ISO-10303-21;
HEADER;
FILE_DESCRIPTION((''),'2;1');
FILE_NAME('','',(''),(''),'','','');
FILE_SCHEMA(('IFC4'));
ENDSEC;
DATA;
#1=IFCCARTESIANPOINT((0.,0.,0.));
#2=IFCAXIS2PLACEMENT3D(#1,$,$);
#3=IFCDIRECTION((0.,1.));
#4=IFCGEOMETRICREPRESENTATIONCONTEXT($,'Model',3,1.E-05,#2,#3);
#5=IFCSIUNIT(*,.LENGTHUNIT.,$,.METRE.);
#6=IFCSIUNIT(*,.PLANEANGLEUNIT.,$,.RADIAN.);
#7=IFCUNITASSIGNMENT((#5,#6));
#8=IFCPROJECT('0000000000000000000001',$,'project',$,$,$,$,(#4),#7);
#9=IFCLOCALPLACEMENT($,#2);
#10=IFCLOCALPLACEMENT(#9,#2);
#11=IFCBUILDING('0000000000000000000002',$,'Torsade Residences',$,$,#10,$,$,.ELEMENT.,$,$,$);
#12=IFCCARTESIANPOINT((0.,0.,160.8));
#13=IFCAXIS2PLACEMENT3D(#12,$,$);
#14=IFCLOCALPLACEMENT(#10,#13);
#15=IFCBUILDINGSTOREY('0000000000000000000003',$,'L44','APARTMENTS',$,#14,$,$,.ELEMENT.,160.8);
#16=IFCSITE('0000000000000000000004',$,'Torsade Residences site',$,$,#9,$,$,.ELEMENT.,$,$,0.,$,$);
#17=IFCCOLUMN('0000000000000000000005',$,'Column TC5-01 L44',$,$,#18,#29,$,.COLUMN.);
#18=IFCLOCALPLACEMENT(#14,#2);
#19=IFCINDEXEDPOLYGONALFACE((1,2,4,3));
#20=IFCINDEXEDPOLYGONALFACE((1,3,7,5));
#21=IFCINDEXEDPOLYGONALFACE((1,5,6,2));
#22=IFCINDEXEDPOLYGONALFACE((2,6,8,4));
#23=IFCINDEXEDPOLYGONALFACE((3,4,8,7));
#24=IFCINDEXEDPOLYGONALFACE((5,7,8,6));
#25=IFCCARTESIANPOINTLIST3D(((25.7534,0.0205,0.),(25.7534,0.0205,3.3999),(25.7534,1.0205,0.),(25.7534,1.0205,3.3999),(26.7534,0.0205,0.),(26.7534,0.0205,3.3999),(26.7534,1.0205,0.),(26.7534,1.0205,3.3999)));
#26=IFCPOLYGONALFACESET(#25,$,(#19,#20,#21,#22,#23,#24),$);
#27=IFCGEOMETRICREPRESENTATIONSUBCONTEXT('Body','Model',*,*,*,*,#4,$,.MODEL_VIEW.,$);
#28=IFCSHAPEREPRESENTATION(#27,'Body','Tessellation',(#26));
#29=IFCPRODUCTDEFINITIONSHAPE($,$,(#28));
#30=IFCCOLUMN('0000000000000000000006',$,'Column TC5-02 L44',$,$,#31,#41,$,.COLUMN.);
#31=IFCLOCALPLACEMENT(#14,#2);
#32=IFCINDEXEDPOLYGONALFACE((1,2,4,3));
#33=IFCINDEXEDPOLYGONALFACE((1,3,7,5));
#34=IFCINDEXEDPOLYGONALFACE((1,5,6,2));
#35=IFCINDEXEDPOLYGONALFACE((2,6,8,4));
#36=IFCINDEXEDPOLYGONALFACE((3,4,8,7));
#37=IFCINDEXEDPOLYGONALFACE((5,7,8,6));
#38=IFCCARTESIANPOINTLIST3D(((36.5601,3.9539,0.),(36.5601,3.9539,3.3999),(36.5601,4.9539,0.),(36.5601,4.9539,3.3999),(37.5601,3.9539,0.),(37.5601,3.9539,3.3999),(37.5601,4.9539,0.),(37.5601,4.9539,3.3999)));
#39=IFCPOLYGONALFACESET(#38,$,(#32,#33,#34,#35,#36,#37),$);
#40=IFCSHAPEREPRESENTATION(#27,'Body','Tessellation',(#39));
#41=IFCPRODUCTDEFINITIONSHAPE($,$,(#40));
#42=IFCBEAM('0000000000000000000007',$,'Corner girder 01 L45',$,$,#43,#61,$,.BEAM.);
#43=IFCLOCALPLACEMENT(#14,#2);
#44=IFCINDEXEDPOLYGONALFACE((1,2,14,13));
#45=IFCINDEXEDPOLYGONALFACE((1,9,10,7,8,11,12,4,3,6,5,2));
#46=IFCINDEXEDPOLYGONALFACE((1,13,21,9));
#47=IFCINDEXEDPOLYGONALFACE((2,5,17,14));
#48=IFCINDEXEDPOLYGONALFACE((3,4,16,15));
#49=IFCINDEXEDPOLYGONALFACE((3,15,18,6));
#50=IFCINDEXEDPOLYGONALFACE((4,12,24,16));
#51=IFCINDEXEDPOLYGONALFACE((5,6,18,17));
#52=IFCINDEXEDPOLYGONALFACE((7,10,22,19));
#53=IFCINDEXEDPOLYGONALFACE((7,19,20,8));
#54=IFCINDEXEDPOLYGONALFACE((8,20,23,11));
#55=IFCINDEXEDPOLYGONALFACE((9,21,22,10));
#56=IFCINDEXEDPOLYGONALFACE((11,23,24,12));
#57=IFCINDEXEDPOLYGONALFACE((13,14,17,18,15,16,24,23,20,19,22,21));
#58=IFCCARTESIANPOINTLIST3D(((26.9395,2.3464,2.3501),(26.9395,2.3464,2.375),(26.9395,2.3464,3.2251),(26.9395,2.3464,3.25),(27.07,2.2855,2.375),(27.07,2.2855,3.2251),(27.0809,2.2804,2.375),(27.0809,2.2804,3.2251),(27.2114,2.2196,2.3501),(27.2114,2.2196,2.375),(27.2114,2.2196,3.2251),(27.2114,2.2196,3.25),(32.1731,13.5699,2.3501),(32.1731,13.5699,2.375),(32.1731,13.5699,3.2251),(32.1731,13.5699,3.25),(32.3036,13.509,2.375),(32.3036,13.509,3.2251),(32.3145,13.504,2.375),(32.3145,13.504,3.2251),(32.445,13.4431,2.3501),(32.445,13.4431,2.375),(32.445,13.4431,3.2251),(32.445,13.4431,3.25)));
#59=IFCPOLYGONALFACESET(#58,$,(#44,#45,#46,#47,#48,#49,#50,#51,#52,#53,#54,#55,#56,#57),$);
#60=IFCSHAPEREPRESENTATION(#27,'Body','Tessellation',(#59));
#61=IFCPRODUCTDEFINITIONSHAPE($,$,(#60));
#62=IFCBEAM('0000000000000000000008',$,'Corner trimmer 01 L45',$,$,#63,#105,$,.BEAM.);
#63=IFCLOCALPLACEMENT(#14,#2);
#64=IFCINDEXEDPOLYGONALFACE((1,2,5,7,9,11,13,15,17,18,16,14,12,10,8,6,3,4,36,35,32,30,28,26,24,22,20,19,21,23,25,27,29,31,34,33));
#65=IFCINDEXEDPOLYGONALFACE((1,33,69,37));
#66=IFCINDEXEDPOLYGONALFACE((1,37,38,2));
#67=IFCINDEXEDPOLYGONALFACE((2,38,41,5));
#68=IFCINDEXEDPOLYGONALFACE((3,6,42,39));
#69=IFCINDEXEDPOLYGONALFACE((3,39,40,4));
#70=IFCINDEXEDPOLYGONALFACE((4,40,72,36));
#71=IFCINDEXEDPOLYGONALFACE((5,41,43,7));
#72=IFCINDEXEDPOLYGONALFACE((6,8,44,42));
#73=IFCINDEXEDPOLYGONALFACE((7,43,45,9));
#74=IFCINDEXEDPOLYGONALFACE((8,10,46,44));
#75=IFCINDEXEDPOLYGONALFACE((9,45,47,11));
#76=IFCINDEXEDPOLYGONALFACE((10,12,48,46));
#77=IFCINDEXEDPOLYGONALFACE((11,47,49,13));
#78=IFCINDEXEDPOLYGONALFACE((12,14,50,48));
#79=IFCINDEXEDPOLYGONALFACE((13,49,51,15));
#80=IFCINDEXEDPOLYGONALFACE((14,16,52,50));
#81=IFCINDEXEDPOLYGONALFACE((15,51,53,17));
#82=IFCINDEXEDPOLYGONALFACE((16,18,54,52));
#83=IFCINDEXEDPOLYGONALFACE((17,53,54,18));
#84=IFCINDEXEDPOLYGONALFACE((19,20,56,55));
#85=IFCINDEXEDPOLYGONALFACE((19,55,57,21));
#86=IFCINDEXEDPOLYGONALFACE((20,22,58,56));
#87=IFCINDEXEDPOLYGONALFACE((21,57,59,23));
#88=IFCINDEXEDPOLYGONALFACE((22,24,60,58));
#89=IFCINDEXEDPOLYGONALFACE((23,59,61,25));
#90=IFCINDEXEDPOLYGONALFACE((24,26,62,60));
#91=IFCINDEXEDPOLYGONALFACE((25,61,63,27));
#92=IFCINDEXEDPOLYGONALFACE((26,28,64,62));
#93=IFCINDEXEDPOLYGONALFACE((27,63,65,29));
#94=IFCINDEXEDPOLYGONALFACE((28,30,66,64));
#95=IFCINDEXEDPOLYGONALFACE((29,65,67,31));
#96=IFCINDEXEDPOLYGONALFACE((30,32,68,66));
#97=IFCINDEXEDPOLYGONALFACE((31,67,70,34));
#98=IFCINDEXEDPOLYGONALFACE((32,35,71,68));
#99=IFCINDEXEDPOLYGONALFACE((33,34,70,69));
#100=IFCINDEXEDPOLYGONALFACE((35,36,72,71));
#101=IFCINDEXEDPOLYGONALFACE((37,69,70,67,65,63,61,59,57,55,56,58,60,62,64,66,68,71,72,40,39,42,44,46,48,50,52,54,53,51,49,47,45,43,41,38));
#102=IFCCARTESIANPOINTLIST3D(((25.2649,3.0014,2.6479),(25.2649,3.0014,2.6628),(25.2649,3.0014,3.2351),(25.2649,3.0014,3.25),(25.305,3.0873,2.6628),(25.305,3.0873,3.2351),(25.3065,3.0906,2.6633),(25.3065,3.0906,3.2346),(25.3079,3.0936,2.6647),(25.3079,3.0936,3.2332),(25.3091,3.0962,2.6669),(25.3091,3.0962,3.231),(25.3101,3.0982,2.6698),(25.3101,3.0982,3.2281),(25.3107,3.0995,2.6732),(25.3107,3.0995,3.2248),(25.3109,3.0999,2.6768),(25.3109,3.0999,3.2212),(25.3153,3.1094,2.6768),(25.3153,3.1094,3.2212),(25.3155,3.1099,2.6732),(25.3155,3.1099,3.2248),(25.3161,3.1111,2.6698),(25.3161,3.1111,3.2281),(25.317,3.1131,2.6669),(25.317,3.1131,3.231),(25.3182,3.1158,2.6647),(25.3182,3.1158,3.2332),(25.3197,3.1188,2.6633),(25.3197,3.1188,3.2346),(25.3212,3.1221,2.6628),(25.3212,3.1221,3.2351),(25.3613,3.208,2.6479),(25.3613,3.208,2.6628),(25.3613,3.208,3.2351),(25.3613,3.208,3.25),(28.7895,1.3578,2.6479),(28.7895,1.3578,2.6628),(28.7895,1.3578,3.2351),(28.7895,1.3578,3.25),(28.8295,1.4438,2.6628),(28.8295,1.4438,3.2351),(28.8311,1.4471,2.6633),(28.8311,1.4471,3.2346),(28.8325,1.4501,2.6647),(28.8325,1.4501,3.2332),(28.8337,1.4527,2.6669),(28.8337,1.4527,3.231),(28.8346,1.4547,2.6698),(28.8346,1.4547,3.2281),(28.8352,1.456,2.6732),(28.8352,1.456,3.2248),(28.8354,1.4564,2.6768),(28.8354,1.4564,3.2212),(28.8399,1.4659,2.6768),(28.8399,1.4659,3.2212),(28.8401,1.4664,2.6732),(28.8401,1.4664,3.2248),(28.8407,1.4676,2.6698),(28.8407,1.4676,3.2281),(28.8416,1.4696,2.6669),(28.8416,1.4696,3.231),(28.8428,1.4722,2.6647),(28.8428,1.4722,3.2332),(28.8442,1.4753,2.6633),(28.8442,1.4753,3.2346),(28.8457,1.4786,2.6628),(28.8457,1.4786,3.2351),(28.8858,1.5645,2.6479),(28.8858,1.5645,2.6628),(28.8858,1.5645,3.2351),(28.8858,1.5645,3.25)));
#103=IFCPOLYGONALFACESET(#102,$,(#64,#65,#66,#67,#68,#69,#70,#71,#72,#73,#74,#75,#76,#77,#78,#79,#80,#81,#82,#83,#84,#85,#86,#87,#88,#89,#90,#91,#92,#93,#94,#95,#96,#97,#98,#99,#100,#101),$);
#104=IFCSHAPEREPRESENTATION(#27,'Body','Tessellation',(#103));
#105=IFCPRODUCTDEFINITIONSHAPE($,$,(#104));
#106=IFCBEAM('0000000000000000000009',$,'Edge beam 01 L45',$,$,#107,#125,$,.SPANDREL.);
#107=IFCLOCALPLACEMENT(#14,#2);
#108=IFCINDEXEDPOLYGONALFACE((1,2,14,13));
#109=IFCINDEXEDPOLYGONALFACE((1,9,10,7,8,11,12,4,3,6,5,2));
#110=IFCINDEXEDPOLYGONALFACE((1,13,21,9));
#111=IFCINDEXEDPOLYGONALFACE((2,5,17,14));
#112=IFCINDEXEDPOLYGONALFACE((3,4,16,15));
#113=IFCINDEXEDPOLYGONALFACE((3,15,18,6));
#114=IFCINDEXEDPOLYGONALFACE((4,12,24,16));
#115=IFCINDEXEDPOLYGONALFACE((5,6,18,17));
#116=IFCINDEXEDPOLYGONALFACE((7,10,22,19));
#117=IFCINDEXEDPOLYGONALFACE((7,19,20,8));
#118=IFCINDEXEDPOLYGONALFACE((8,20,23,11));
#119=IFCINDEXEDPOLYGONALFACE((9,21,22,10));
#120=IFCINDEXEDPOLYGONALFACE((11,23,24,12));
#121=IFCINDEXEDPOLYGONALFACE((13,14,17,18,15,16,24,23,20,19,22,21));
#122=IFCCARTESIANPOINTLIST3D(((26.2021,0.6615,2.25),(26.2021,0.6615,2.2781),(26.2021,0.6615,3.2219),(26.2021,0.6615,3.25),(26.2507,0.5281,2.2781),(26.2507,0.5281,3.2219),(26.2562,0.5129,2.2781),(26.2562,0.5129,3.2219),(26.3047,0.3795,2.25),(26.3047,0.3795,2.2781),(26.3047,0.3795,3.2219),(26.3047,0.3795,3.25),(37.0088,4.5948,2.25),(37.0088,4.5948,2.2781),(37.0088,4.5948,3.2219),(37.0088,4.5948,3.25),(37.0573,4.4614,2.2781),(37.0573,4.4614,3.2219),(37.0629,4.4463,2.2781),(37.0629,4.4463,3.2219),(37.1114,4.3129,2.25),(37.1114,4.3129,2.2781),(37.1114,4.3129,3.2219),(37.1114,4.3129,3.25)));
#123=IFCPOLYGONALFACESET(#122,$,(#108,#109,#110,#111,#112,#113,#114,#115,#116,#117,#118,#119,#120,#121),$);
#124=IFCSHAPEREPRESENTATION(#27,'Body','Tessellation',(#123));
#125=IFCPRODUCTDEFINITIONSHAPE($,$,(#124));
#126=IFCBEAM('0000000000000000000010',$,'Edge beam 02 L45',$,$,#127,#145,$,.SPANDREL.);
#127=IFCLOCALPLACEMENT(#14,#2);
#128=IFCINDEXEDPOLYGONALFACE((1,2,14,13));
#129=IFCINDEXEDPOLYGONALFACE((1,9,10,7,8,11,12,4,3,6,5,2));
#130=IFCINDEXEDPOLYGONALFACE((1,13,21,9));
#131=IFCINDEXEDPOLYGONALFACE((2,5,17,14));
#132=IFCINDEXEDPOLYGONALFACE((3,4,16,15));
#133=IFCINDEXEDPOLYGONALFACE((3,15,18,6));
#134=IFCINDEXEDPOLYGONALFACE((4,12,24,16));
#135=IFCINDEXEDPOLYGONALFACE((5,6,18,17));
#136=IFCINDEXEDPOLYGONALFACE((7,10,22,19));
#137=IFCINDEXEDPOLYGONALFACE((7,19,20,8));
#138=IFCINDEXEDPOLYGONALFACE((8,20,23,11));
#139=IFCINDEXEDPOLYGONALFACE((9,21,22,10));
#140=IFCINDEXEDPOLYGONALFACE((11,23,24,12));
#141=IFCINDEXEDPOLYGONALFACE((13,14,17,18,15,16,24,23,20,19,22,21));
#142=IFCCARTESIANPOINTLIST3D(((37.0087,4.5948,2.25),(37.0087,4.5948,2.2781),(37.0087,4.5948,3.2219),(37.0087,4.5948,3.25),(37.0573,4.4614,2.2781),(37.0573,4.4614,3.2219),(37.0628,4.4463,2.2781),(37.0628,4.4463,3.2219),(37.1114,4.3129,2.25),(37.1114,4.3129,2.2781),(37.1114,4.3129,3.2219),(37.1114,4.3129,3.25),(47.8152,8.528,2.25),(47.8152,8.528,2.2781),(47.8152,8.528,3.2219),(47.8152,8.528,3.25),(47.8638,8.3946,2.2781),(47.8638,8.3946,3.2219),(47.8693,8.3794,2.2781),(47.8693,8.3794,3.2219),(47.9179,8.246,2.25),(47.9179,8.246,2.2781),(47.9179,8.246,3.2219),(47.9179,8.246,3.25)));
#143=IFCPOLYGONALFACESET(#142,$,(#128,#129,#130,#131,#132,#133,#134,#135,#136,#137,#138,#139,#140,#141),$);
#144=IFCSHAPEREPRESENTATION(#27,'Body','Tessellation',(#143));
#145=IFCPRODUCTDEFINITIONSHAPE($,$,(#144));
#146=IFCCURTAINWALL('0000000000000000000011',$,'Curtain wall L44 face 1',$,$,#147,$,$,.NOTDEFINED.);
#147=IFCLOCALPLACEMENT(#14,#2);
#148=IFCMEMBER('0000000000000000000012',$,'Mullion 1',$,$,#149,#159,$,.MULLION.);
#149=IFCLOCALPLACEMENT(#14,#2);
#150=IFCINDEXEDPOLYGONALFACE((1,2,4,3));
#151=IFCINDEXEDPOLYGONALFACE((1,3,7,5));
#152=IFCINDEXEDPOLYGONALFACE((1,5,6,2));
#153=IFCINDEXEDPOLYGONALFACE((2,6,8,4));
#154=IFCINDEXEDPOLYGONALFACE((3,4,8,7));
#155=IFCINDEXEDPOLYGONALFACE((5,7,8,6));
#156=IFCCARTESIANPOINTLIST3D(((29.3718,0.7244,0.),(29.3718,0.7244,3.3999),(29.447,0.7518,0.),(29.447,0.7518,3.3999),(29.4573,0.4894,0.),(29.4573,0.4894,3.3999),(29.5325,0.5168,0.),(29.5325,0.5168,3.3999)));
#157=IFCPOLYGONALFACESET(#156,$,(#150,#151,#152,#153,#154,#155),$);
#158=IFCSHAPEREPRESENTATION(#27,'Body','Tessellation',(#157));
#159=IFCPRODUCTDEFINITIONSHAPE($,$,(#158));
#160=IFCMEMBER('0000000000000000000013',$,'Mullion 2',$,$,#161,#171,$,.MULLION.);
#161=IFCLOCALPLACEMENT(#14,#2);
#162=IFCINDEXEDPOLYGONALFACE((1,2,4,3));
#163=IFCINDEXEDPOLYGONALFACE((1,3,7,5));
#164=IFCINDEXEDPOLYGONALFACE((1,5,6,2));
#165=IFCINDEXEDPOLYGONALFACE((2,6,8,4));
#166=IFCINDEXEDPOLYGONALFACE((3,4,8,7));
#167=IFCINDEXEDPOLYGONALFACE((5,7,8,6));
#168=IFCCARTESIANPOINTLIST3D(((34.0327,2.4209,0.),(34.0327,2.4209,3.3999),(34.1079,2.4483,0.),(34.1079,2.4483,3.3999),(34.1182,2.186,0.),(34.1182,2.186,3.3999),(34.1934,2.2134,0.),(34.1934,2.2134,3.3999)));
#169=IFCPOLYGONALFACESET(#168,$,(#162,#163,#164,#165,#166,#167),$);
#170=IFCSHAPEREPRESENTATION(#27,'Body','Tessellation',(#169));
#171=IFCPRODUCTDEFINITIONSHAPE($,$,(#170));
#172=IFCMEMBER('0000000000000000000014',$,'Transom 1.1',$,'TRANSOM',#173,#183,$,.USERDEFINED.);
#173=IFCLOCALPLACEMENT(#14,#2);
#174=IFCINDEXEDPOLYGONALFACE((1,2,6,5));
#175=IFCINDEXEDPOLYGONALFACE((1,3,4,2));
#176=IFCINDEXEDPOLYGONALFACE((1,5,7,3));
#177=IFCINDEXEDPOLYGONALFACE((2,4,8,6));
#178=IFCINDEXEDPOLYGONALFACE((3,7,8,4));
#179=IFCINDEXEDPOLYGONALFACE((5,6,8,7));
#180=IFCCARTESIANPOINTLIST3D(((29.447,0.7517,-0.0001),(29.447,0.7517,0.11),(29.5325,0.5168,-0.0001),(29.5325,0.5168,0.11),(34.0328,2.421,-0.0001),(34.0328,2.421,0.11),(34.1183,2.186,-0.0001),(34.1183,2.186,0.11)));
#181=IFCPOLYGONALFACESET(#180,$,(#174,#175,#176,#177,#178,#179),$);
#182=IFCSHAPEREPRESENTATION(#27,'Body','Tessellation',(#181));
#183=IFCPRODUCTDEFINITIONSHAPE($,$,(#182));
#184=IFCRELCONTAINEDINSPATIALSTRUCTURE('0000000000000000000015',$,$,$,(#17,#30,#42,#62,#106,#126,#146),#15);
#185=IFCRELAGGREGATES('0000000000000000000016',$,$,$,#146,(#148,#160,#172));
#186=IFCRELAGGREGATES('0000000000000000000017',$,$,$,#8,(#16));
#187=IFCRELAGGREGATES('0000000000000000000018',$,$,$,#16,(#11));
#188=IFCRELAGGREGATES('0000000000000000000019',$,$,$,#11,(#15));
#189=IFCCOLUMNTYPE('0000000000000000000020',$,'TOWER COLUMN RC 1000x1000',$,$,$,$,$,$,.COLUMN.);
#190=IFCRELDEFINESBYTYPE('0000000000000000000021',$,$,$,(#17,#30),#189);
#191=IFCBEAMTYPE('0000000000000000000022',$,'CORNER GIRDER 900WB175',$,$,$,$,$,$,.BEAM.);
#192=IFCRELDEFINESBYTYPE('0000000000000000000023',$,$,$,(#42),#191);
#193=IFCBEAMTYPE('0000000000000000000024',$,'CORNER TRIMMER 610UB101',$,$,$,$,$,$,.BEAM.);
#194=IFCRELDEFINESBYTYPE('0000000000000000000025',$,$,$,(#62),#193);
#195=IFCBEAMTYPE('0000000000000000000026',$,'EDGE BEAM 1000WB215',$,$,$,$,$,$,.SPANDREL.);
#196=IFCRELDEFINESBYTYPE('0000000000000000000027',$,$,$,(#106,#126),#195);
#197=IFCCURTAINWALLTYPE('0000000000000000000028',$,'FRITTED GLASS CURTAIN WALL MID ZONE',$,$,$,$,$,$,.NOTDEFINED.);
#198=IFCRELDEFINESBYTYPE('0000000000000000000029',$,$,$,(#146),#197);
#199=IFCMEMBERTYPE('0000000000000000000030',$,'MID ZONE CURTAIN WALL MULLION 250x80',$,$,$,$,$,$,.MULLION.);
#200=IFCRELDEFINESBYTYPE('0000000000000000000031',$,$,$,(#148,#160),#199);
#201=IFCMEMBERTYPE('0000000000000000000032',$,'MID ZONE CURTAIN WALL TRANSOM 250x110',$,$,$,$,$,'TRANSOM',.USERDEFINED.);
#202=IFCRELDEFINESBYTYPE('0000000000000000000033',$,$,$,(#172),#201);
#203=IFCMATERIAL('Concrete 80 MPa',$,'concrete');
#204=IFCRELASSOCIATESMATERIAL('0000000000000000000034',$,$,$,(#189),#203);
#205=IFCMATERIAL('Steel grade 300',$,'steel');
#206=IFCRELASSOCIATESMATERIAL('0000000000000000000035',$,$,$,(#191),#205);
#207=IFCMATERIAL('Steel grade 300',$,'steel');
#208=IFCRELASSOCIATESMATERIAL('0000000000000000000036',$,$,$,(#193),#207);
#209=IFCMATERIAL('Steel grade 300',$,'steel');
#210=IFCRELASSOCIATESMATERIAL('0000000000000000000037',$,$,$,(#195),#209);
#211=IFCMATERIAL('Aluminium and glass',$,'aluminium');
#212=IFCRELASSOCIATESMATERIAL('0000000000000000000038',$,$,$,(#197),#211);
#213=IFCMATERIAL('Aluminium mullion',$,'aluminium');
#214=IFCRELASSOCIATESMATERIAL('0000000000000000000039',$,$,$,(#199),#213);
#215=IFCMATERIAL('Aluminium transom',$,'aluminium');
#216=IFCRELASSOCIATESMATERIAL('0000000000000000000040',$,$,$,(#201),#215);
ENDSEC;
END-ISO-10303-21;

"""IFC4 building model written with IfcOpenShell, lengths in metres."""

from ifc_helpers import new_model, si_unit, direction, frame, origin, origin_2d, place, context, subcontext, project, spatial, rectangle, i_section, extrude, material, material_profile, profile_set, type_object, element, aggregate, save


model = new_model("IFC4")

# Units and contexts
model_context = context("Model", 3, precision=1e-05, world=origin(), true_north=direction((0.0, 1.0)))
body_context = subcontext(model_context, "Body", "Model", "MODEL_VIEW")
ifc_project = project(units=[si_unit("LENGTHUNIT", "METRE"), si_unit("PLANEANGLEUNIT", "RADIAN")], contexts=[model_context])

# Site, building, storey
site_placement = place(None, origin())
site = spatial("IfcSite", under=ifc_project, at=site_placement, Name="Torsade Residences site", CompositionType="ELEMENT", RefElevation=0.0)
building_placement = place(site_placement, origin())
building = spatial("IfcBuilding", under=site, at=building_placement, Name="Torsade Residences", CompositionType="ELEMENT")
storey_placement = place(building_placement, frame((0.0, 0.0, 160.8)))
storey = spatial("IfcBuildingStorey", under=building, at=storey_placement, Name="L44", Description="APARTMENTS", CompositionType="ELEMENT", Elevation=160.8)

# Columns
ifc_material_1 = material(Name="Concrete 80 MPa", Category="concrete")
ifc_material_profile_1 = material_profile(ifc_material_1, rectangle(XDim=1.0, YDim=1.0, at=origin_2d()), Name="RC 1000x1000")
ifc_profile_set_1 = profile_set([ifc_material_profile_1], Name="Concrete 80 MPa")
column_type = type_object("IfcColumnType", Name="TOWER COLUMN RC 1000x1000", PredefinedType="COLUMN", material=ifc_profile_set_1)
for number, where, z_axis, x_axis, name in (
    (1, (26.2534, 0.5205, 0.0), (0.0, 0.0, 1.0), (1.0, 0.0, 0.0), "Column TC5-01 L44"),
    (2, (37.0601, 4.4539, 0.0), (0.0, 0.0, 1.0), (1.0, 0.0, 0.0), "Column TC5-02 L44"),
):
    element("IfcColumn", number, at=place(storey_placement, frame(where, z_axis=z_axis, x_axis=x_axis)), inside=storey, type_object=column_type, Name=name, PredefinedType="COLUMN", context=body_context, shape_type="SweptSolid", body=[
        extrude(rectangle(XDim=1.0, YDim=1.0, at=origin_2d()), origin(), (0.0, 0.0, 1.0), 3.3999),
    ])

# Beams
ifc_material_2 = material(Name="Steel grade 300", Category="steel")
ifc_material_profile_2 = material_profile(ifc_material_2, i_section(OverallWidth=0.3, OverallDepth=0.8999, WebThickness=0.012, FlangeThickness=0.0249, at=origin_2d()), Name="900WB175")
ifc_profile_set_2 = profile_set([ifc_material_profile_2], Name="Steel grade 300")
beam_type_1 = type_object("IfcBeamType", Name="CORNER GIRDER 900WB175", PredefinedType="BEAM", material=ifc_profile_set_2)
beam_1_placement = place(storey_placement, frame((27.0754, 2.283, 2.8), z_axis=(0.422617, 0.906309, 0.0), x_axis=(-0.906309, 0.422617, 0.0)))
element("IfcBeam", 3, at=beam_1_placement, inside=storey, type_object=beam_type_1, Name="Corner girder 01 L45", PredefinedType="BEAM", context=body_context, shape_type="SweptSolid", body=[
    extrude(i_section(OverallWidth=0.3, OverallDepth=0.8999, WebThickness=0.012, FlangeThickness=0.0249, at=origin_2d()), origin(), (0.0, 0.0, 1.0), 12.3838),
])
ifc_material_3 = material(Name="Steel grade 300", Category="steel")
ifc_material_profile_3 = material_profile(ifc_material_3, i_section(OverallWidth=0.228, OverallDepth=0.6021, WebThickness=0.0105, FlangeThickness=0.0149, FilletRadius=0.0139, at=origin_2d()), Name="610UB101")
ifc_profile_set_3 = profile_set([ifc_material_profile_3], Name="Steel grade 300")
beam_type_2 = type_object("IfcBeamType", Name="CORNER TRIMMER 610UB101", PredefinedType="BEAM", material=ifc_profile_set_3)
beam_2_placement = place(storey_placement, frame((28.8376, 1.4612, 2.949), z_axis=(-0.90631, 0.422614, 0.0), x_axis=(-0.422614, -0.90631, 0.0)))
element("IfcBeam", 4, at=beam_2_placement, inside=storey, type_object=beam_type_2, Name="Corner trimmer 01 L45", PredefinedType="BEAM", context=body_context, shape_type="SweptSolid", body=[
    extrude(i_section(OverallWidth=0.228, OverallDepth=0.6021, WebThickness=0.0105, FlangeThickness=0.0149, FilletRadius=0.0139, at=origin_2d()), origin(), (0.0, 0.0, 1.0), 3.8889),
])
ifc_material_4 = material(Name="Steel grade 300", Category="steel")
ifc_material_profile_4 = material_profile(ifc_material_4, i_section(OverallWidth=0.3, OverallDepth=1.0, WebThickness=0.0161, FlangeThickness=0.0281, at=origin_2d()), Name="1000WB215")
ifc_profile_set_4 = profile_set([ifc_material_profile_4], Name="Steel grade 300")
beam_type_3 = type_object("IfcBeamType", Name="EDGE BEAM 1000WB215", PredefinedType="SPANDREL", material=ifc_profile_set_4)
beam_3_placement = place(storey_placement, frame((26.2534, 0.5205, 2.75), z_axis=(0.939691, 0.342024, 0.0), x_axis=(-0.342024, 0.939691, 0.0)))
element("IfcBeam", 5, at=beam_3_placement, inside=storey, type_object=beam_type_3, Name="Edge beam 01 L45", PredefinedType="SPANDREL", context=body_context, shape_type="SweptSolid", body=[
    extrude(i_section(OverallWidth=0.3, OverallDepth=1.0, WebThickness=0.0161, FlangeThickness=0.0281, at=origin_2d()), origin(), (0.0, 0.0, 1.0), 11.5002),
])
beam_4_placement = place(storey_placement, frame((37.0601, 4.4539, 2.75), z_axis=(0.939695, 0.342012, 0.0), x_axis=(-0.342012, 0.939695, 0.0)))
element("IfcBeam", 6, at=beam_4_placement, inside=storey, type_object=beam_type_3, Name="Edge beam 02 L45", PredefinedType="SPANDREL", context=body_context, shape_type="SweptSolid", body=[
    extrude(i_section(OverallWidth=0.3, OverallDepth=1.0, WebThickness=0.0161, FlangeThickness=0.0281, at=origin_2d()), origin(), (0.0, 0.0, 1.0), 11.5),
])

# Curtain wall, members
ifc_material_5 = material(Name="Aluminium and glass", Category="aluminium")
curtain_wall_type = type_object("IfcCurtainWallType", Name="FRITTED GLASS CURTAIN WALL MID ZONE", PredefinedType="NOTDEFINED", material=ifc_material_5)
curtain_wall_placement = place(storey_placement, origin())
curtain_wall = element("IfcCurtainWall", 7, at=curtain_wall_placement, inside=storey, type_object=curtain_wall_type, Name="Curtain wall L44 face 1", PredefinedType="NOTDEFINED")
ifc_material_6 = material(Name="Aluminium mullion", Category="aluminium")
ifc_material_profile_5 = material_profile(ifc_material_6, rectangle(XDim=0.25, YDim=0.0801, at=origin_2d()), Name="MID ZONE CURTAIN WALL MULLION 250x80")
ifc_profile_set_5 = profile_set([ifc_material_profile_5], Name="Aluminium mullion")
member_type_1 = type_object("IfcMemberType", Name="MID ZONE CURTAIN WALL MULLION 250x80", PredefinedType="MULLION", material=ifc_profile_set_5)
member_1_placement = place(storey_placement, frame((29.4521, 0.6206, 0.0), z_axis=(0.0, 0.0, 1.0), x_axis=(-0.34202, 0.939693, 0.0)))
member_1 = element("IfcMember", 8, at=member_1_placement, type_object=member_type_1, Name="Mullion 1", PredefinedType="MULLION", context=body_context, shape_type="SweptSolid", body=[
    extrude(rectangle(XDim=0.25, YDim=0.0801, at=origin_2d()), origin(), (0.0, 0.0, 1.0), 3.3999),
])
member_2_placement = place(storey_placement, frame((34.113, 2.3171, 0.0), z_axis=(0.0, 0.0, 1.0), x_axis=(-0.34202, 0.939693, 0.0)))
member_2 = element("IfcMember", 9, at=member_2_placement, type_object=member_type_1, Name="Mullion 2", PredefinedType="MULLION", context=body_context, shape_type="SweptSolid", body=[
    extrude(rectangle(XDim=0.25, YDim=0.0801, at=origin_2d()), origin(), (0.0, 0.0, 1.0), 3.3999),
])
ifc_material_7 = material(Name="Aluminium transom", Category="aluminium")
ifc_material_profile_6 = material_profile(ifc_material_7, rectangle(XDim=0.25, YDim=0.1101, at=origin_2d()), Name="MID ZONE CURTAIN WALL TRANSOM 250x110")
ifc_profile_set_6 = profile_set([ifc_material_profile_6], Name="Aluminium transom")
member_type_2 = type_object("IfcMemberType", Name="MID ZONE CURTAIN WALL TRANSOM 250x110", ElementType="TRANSOM", PredefinedType="USERDEFINED", material=ifc_profile_set_6)
member_3_placement = place(storey_placement, frame((29.4897, 0.6343, 0.0549), z_axis=(0.939684, 0.342044, 0.0), x_axis=(-0.342044, 0.939684, 0.0)))
member_3 = element("IfcMember", 10, at=member_3_placement, type_object=member_type_2, Name="Transom 1.1", ObjectType="TRANSOM", PredefinedType="USERDEFINED", context=body_context, shape_type="SweptSolid", body=[
    extrude(rectangle(XDim=0.25, YDim=0.1101, at=origin_2d()), origin(), (0.0, 0.0, 1.0), 4.8801),
])

aggregate(curtain_wall, [member_1, member_2, member_3])

save(model, "model.ifc")
